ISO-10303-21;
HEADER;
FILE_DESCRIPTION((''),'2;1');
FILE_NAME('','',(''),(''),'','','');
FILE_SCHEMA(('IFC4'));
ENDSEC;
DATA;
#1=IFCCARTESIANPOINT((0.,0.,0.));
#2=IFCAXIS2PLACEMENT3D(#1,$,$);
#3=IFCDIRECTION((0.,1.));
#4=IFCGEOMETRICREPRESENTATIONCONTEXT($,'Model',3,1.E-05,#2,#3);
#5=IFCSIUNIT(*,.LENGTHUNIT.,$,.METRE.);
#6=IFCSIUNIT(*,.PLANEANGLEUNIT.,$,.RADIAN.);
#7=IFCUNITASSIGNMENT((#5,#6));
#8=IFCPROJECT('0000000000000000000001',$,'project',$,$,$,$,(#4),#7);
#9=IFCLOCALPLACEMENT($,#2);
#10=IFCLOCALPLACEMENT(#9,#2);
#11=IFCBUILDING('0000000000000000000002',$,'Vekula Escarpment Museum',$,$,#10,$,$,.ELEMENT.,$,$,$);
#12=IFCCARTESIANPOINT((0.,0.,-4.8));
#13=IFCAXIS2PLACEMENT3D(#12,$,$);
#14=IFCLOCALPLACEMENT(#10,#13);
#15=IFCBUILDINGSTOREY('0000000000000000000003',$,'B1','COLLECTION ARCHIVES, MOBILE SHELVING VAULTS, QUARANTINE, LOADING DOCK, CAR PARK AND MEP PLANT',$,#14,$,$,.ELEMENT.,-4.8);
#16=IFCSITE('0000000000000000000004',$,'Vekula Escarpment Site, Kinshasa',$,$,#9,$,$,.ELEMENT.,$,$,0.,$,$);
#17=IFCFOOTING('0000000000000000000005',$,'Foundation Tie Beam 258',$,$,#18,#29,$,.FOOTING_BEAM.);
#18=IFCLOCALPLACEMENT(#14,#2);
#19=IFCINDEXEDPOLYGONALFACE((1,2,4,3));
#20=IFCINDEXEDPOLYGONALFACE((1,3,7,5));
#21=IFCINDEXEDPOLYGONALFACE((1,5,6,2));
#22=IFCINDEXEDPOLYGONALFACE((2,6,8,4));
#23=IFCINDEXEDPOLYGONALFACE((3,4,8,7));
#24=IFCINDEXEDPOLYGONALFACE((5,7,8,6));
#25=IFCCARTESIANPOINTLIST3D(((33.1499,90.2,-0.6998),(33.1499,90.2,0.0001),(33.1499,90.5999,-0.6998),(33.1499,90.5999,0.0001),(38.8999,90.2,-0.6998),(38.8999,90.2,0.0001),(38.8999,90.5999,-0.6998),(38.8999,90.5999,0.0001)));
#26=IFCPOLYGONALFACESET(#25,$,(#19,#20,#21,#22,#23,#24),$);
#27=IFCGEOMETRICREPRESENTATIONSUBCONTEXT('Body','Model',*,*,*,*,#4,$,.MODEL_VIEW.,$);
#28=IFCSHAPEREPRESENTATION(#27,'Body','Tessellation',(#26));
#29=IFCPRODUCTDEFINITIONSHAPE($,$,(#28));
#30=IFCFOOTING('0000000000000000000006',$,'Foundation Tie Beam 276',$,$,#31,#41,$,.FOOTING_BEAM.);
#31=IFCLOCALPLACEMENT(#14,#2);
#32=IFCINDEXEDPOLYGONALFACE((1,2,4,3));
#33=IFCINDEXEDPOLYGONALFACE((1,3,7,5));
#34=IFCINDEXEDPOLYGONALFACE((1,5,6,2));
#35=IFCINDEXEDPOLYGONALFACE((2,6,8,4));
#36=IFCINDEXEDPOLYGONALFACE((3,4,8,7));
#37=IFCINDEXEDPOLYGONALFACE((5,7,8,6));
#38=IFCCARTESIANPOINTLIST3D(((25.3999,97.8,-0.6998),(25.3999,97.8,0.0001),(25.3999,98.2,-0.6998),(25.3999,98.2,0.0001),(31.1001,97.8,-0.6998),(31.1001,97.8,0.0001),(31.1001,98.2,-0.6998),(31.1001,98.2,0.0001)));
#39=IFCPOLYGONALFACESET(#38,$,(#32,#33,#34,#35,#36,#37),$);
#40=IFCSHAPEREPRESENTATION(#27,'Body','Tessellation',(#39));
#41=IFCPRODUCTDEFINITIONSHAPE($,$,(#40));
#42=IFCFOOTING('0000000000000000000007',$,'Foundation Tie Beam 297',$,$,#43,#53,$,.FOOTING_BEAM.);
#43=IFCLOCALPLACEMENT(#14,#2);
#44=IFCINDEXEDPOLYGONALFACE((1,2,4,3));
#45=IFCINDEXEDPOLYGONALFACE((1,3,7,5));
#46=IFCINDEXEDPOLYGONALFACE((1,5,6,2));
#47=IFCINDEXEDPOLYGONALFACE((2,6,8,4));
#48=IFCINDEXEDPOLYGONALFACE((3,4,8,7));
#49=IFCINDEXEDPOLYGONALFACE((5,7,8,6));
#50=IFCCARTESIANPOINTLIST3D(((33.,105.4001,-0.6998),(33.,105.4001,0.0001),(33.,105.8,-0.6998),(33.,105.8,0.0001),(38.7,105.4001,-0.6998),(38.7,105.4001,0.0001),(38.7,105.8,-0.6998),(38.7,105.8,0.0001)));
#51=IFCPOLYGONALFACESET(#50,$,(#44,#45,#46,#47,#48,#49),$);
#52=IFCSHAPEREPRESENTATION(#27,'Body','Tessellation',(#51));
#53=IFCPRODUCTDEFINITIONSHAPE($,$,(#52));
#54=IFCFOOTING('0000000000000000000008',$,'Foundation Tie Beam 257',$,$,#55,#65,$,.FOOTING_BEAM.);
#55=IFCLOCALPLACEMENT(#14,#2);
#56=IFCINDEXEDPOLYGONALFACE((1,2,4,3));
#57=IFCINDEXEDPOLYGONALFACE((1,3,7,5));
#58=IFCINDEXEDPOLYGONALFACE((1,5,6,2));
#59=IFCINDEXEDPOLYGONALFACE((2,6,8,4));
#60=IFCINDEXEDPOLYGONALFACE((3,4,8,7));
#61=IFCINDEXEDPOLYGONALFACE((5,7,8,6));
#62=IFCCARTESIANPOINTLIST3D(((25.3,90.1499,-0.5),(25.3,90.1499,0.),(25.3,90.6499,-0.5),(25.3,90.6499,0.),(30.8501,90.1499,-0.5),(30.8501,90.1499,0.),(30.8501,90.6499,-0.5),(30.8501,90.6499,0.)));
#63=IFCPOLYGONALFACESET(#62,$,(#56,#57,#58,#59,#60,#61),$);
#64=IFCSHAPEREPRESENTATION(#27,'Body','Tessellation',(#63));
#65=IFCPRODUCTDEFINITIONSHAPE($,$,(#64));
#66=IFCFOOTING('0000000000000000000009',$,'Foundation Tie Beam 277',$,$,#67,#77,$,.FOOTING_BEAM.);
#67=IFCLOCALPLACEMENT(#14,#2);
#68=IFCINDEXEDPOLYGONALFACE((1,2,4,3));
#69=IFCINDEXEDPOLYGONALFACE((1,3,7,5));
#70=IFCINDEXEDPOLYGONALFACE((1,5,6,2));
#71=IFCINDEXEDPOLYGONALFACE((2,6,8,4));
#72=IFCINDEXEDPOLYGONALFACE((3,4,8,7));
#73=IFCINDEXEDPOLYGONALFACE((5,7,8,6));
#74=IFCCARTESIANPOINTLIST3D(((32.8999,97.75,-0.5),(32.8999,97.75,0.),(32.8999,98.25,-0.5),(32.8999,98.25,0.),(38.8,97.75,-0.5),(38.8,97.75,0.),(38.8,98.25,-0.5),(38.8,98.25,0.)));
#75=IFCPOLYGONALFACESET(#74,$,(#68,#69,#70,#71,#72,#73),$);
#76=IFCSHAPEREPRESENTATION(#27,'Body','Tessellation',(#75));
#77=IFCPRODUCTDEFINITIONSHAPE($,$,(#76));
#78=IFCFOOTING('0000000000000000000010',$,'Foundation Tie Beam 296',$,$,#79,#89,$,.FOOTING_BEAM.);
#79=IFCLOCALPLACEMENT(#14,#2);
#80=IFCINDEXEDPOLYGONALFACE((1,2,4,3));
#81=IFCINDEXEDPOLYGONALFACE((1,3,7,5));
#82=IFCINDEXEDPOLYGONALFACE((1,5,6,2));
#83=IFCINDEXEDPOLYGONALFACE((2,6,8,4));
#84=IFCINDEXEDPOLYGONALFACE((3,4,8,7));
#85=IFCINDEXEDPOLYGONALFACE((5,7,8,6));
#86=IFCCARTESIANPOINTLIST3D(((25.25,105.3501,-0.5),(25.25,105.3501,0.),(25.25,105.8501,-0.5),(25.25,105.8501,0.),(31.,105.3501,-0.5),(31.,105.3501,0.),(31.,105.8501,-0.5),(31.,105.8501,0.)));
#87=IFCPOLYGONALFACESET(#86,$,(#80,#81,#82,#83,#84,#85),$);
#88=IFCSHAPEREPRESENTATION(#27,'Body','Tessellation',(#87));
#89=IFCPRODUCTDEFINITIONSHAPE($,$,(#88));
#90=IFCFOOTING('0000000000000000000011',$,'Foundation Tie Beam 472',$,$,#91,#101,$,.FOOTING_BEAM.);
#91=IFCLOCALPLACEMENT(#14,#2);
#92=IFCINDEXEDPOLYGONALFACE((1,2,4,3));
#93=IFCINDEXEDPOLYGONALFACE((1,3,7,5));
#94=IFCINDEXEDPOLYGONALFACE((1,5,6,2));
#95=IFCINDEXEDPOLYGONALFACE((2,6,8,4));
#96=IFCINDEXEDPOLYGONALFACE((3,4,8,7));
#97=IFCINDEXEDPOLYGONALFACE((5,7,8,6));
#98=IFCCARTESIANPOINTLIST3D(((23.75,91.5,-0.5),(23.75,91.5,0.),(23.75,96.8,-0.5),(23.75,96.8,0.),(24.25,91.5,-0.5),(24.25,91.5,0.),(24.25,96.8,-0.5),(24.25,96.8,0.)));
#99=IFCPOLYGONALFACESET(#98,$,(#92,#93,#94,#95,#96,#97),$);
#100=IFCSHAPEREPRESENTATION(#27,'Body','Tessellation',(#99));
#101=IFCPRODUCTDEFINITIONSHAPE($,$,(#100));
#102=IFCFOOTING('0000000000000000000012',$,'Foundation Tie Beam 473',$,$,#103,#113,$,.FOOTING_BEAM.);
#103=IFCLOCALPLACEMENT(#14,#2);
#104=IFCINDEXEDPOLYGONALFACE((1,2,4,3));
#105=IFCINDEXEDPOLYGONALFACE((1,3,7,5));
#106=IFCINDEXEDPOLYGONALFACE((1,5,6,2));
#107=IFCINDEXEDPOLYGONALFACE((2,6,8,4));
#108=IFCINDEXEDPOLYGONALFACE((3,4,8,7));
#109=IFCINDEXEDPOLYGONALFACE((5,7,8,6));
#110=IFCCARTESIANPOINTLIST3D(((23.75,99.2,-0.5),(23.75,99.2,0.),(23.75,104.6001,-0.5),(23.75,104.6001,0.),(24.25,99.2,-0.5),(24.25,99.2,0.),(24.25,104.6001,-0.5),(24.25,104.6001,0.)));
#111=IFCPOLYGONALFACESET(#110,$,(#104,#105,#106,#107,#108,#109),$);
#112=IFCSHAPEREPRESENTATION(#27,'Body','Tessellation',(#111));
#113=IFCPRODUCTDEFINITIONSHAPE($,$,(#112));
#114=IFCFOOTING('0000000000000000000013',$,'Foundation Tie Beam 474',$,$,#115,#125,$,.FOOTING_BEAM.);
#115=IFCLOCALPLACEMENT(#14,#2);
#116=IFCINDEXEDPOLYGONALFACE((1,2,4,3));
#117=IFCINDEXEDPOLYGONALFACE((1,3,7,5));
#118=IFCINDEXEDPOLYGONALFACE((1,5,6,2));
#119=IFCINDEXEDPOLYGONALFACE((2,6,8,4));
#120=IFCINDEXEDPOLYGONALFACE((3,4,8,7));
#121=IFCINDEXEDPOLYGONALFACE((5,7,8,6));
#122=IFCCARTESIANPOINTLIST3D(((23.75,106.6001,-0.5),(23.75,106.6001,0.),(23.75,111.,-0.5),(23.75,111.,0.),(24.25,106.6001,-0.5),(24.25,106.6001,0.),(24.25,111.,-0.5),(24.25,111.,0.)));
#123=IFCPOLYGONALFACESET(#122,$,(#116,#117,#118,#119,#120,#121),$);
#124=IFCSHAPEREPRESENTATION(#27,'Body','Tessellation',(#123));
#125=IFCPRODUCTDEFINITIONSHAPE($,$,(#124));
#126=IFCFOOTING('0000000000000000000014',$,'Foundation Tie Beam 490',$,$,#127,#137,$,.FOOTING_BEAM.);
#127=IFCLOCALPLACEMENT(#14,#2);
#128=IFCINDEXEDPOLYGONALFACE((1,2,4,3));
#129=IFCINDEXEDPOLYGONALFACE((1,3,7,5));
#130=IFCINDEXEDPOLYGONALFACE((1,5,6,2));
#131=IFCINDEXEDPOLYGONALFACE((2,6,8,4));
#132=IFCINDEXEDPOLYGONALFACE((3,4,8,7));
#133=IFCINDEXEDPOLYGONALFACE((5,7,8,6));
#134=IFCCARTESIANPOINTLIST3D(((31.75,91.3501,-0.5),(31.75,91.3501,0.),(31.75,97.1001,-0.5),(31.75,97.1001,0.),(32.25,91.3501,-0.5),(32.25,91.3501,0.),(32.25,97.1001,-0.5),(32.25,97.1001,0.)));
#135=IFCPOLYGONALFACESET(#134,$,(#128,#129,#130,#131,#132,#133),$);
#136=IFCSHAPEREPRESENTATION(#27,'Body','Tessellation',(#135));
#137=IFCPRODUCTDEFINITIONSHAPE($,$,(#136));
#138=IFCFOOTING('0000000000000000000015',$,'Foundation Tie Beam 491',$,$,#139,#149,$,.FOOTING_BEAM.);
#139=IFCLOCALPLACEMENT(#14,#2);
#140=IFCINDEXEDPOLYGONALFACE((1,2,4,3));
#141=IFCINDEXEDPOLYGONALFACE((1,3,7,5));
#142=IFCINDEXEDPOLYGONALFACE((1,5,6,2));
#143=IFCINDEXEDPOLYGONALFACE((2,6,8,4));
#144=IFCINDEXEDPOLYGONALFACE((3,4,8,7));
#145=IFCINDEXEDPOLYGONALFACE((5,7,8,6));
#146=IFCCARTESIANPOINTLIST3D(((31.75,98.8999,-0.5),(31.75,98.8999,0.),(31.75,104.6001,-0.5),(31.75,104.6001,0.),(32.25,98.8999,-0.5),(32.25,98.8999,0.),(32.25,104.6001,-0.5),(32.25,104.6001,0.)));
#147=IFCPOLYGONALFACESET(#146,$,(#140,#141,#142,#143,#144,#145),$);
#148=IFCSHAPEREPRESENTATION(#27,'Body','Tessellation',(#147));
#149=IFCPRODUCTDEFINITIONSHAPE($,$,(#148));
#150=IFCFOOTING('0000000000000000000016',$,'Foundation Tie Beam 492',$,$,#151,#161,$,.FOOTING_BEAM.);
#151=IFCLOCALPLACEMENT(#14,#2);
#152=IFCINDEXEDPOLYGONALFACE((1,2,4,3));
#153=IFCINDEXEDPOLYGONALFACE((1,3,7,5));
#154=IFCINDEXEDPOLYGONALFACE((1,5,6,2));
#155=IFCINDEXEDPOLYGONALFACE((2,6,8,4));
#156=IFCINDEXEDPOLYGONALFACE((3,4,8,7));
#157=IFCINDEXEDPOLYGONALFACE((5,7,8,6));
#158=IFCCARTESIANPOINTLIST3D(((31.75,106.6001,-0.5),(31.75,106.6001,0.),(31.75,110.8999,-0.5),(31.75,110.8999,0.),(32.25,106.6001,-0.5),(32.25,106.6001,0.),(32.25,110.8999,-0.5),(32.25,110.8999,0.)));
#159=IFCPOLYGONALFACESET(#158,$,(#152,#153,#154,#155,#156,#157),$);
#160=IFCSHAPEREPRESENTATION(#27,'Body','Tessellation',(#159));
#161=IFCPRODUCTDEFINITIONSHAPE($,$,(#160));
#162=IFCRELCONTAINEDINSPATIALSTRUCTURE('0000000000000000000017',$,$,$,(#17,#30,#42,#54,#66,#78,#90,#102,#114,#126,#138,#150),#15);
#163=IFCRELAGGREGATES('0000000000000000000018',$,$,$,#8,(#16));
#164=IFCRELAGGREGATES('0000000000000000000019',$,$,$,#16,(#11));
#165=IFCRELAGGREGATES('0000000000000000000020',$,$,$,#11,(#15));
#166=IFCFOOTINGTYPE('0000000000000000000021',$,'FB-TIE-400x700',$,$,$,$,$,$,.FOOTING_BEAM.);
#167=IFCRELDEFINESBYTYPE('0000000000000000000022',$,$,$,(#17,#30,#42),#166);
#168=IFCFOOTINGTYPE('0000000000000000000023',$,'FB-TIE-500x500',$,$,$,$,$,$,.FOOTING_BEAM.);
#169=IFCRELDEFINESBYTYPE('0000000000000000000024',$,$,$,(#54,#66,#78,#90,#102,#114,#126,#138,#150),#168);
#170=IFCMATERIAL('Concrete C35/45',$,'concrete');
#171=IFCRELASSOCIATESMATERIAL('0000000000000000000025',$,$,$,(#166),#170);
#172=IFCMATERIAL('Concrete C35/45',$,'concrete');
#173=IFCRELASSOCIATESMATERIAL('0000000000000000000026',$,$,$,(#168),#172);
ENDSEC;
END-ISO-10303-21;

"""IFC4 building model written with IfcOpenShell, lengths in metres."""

from ifc_helpers import new_model, si_unit, direction, frame, origin, origin_2d, place, context, subcontext, project, spatial, rectangle, extrude, material, material_profile, profile_set, type_object, element, save


model = new_model("IFC4")

# Units and contexts
model_context = context("Model", 3, precision=1e-05, world=origin(), true_north=direction((0.0, 1.0)))
body_context = subcontext(model_context, "Body", "Model", "MODEL_VIEW")
ifc_project = project(units=[si_unit("LENGTHUNIT", "METRE"), si_unit("PLANEANGLEUNIT", "RADIAN")], contexts=[model_context])

# Site, building, storey
site_placement = place(None, origin())
site = spatial("IfcSite", under=ifc_project, at=site_placement, Name="Vekula Escarpment Site, Kinshasa", CompositionType="ELEMENT", RefElevation=0.0)
building_placement = place(site_placement, origin())
building = spatial("IfcBuilding", under=site, at=building_placement, Name="Vekula Escarpment Museum", CompositionType="ELEMENT")
storey_placement = place(building_placement, frame((0.0, 0.0, -4.8)))
storey = spatial("IfcBuildingStorey", under=building, at=storey_placement, Name="B1", Description="COLLECTION ARCHIVES, MOBILE SHELVING VAULTS, QUARANTINE, LOADING DOCK, CAR PARK AND MEP PLANT", CompositionType="ELEMENT", Elevation=-4.8)

# Footings
ifc_material_1 = material(Name="Concrete C35/45", Category="concrete")
ifc_material_profile_1 = material_profile(ifc_material_1, rectangle(XDim=0.3999, YDim=0.7, at=origin_2d()), Name="RC 400x700")
ifc_profile_set_1 = profile_set([ifc_material_profile_1], Name="Concrete C35/45")
footing_type_1 = type_object("IfcFootingType", Name="FB-TIE-400x700", PredefinedType="FOOTING_BEAM", material=ifc_profile_set_1)
footing_1_placement = place(storey_placement, frame((33.1499, 90.3999, -0.3499), z_axis=(1.0, 0.0, 0.0), x_axis=(0.0, 1.0, 0.0)))
element("IfcFooting", 1, at=footing_1_placement, inside=storey, type_object=footing_type_1, Name="Foundation Tie Beam 258", PredefinedType="FOOTING_BEAM", context=body_context, shape_type="SweptSolid", body=[
    extrude(rectangle(XDim=0.3999, YDim=0.7, at=origin_2d()), origin(), (0.0, 0.0, 1.0), 5.75),
])
footing_2_placement = place(storey_placement, frame((25.3999, 98.0, -0.3499), z_axis=(1.0, 0.0, 0.0), x_axis=(0.0, 1.0, 0.0)))
element("IfcFooting", 2, at=footing_2_placement, inside=storey, type_object=footing_type_1, Name="Foundation Tie Beam 276", PredefinedType="FOOTING_BEAM", context=body_context, shape_type="SweptSolid", body=[
    extrude(rectangle(XDim=0.3999, YDim=0.7, at=origin_2d()), origin(), (0.0, 0.0, 1.0), 5.7002),
])
footing_3_placement = place(storey_placement, frame((33.0, 105.6001, -0.3499), z_axis=(1.0, 0.0, 0.0), x_axis=(0.0, 1.0, 0.0)))
element("IfcFooting", 3, at=footing_3_placement, inside=storey, type_object=footing_type_1, Name="Foundation Tie Beam 297", PredefinedType="FOOTING_BEAM", context=body_context, shape_type="SweptSolid", body=[
    extrude(rectangle(XDim=0.3999, YDim=0.7, at=origin_2d()), origin(), (0.0, 0.0, 1.0), 5.7),
])
ifc_material_2 = material(Name="Concrete C35/45", Category="concrete")
ifc_material_profile_2 = material_profile(ifc_material_2, rectangle(XDim=0.5, YDim=0.5, at=origin_2d()), Name="RC 500x500")
ifc_profile_set_2 = profile_set([ifc_material_profile_2], Name="Concrete C35/45")
footing_type_2 = type_object("IfcFootingType", Name="FB-TIE-500x500", PredefinedType="FOOTING_BEAM", material=ifc_profile_set_2)
footing_4_placement = place(storey_placement, frame((25.3, 90.3999, -0.25), z_axis=(1.0, 0.0, 0.0), x_axis=(0.0, 1.0, 0.0)))
element("IfcFooting", 4, at=footing_4_placement, inside=storey, type_object=footing_type_2, Name="Foundation Tie Beam 257", PredefinedType="FOOTING_BEAM", context=body_context, shape_type="SweptSolid", body=[
    extrude(rectangle(XDim=0.5, YDim=0.5, at=origin_2d()), origin(), (0.0, 0.0, 1.0), 5.55),
])
footing_5_placement = place(storey_placement, frame((32.8999, 98.0, -0.25), z_axis=(1.0, 0.0, 0.0), x_axis=(0.0, 1.0, 0.0)))
element("IfcFooting", 5, at=footing_5_placement, inside=storey, type_object=footing_type_2, Name="Foundation Tie Beam 277", PredefinedType="FOOTING_BEAM", context=body_context, shape_type="SweptSolid", body=[
    extrude(rectangle(XDim=0.5, YDim=0.5, at=origin_2d()), origin(), (0.0, 0.0, 1.0), 5.9001),
])
footing_6_placement = place(storey_placement, frame((25.25, 105.6001, -0.25), z_axis=(1.0, 0.0, 0.0), x_axis=(0.0, 1.0, 0.0)))
element("IfcFooting", 6, at=footing_6_placement, inside=storey, type_object=footing_type_2, Name="Foundation Tie Beam 296", PredefinedType="FOOTING_BEAM", context=body_context, shape_type="SweptSolid", body=[
    extrude(rectangle(XDim=0.5, YDim=0.5, at=origin_2d()), origin(), (0.0, 0.0, 1.0), 5.75),
])
footing_7_placement = place(storey_placement, frame((24.0, 91.5, -0.25), z_axis=(0.0, 1.0, 0.0), x_axis=(-1.0, 0.0, 0.0)))
element("IfcFooting", 7, at=footing_7_placement, inside=storey, type_object=footing_type_2, Name="Foundation Tie Beam 472", PredefinedType="FOOTING_BEAM", context=body_context, shape_type="SweptSolid", body=[
    extrude(rectangle(XDim=0.5, YDim=0.5, at=origin_2d()), origin(), (0.0, 0.0, 1.0), 5.3),
])
footing_8_placement = place(storey_placement, frame((24.0, 99.2, -0.25), z_axis=(0.0, 1.0, 0.0), x_axis=(-1.0, 0.0, 0.0)))
element("IfcFooting", 8, at=footing_8_placement, inside=storey, type_object=footing_type_2, Name="Foundation Tie Beam 473", PredefinedType="FOOTING_BEAM", context=body_context, shape_type="SweptSolid", body=[
    extrude(rectangle(XDim=0.5, YDim=0.5, at=origin_2d()), origin(), (0.0, 0.0, 1.0), 5.4001),
])
footing_9_placement = place(storey_placement, frame((24.0, 106.6001, -0.25), z_axis=(0.0, 1.0, 0.0), x_axis=(-1.0, 0.0, 0.0)))
element("IfcFooting", 9, at=footing_9_placement, inside=storey, type_object=footing_type_2, Name="Foundation Tie Beam 474", PredefinedType="FOOTING_BEAM", context=body_context, shape_type="SweptSolid", body=[
    extrude(rectangle(XDim=0.5, YDim=0.5, at=origin_2d()), origin(), (0.0, 0.0, 1.0), 4.3999),
])
footing_10_placement = place(storey_placement, frame((32.0, 91.3501, -0.25), z_axis=(0.0, 1.0, 0.0), x_axis=(-1.0, 0.0, 0.0)))
element("IfcFooting", 10, at=footing_10_placement, inside=storey, type_object=footing_type_2, Name="Foundation Tie Beam 490", PredefinedType="FOOTING_BEAM", context=body_context, shape_type="SweptSolid", body=[
    extrude(rectangle(XDim=0.5, YDim=0.5, at=origin_2d()), origin(), (0.0, 0.0, 1.0), 5.75),
])
footing_11_placement = place(storey_placement, frame((32.0, 98.8999, -0.25), z_axis=(0.0, 1.0, 0.0), x_axis=(-1.0, 0.0, 0.0)))
element("IfcFooting", 11, at=footing_11_placement, inside=storey, type_object=footing_type_2, Name="Foundation Tie Beam 491", PredefinedType="FOOTING_BEAM", context=body_context, shape_type="SweptSolid", body=[
    extrude(rectangle(XDim=0.5, YDim=0.5, at=origin_2d()), origin(), (0.0, 0.0, 1.0), 5.7002),
])
footing_12_placement = place(storey_placement, frame((32.0, 106.6001, -0.25), z_axis=(0.0, 1.0, 0.0), x_axis=(-1.0, 0.0, 0.0)))
element("IfcFooting", 12, at=footing_12_placement, inside=storey, type_object=footing_type_2, Name="Foundation Tie Beam 492", PredefinedType="FOOTING_BEAM", context=body_context, shape_type="SweptSolid", body=[
    extrude(rectangle(XDim=0.5, YDim=0.5, at=origin_2d()), origin(), (0.0, 0.0, 1.0), 4.2998),
])

save(model, "model.ifc")
